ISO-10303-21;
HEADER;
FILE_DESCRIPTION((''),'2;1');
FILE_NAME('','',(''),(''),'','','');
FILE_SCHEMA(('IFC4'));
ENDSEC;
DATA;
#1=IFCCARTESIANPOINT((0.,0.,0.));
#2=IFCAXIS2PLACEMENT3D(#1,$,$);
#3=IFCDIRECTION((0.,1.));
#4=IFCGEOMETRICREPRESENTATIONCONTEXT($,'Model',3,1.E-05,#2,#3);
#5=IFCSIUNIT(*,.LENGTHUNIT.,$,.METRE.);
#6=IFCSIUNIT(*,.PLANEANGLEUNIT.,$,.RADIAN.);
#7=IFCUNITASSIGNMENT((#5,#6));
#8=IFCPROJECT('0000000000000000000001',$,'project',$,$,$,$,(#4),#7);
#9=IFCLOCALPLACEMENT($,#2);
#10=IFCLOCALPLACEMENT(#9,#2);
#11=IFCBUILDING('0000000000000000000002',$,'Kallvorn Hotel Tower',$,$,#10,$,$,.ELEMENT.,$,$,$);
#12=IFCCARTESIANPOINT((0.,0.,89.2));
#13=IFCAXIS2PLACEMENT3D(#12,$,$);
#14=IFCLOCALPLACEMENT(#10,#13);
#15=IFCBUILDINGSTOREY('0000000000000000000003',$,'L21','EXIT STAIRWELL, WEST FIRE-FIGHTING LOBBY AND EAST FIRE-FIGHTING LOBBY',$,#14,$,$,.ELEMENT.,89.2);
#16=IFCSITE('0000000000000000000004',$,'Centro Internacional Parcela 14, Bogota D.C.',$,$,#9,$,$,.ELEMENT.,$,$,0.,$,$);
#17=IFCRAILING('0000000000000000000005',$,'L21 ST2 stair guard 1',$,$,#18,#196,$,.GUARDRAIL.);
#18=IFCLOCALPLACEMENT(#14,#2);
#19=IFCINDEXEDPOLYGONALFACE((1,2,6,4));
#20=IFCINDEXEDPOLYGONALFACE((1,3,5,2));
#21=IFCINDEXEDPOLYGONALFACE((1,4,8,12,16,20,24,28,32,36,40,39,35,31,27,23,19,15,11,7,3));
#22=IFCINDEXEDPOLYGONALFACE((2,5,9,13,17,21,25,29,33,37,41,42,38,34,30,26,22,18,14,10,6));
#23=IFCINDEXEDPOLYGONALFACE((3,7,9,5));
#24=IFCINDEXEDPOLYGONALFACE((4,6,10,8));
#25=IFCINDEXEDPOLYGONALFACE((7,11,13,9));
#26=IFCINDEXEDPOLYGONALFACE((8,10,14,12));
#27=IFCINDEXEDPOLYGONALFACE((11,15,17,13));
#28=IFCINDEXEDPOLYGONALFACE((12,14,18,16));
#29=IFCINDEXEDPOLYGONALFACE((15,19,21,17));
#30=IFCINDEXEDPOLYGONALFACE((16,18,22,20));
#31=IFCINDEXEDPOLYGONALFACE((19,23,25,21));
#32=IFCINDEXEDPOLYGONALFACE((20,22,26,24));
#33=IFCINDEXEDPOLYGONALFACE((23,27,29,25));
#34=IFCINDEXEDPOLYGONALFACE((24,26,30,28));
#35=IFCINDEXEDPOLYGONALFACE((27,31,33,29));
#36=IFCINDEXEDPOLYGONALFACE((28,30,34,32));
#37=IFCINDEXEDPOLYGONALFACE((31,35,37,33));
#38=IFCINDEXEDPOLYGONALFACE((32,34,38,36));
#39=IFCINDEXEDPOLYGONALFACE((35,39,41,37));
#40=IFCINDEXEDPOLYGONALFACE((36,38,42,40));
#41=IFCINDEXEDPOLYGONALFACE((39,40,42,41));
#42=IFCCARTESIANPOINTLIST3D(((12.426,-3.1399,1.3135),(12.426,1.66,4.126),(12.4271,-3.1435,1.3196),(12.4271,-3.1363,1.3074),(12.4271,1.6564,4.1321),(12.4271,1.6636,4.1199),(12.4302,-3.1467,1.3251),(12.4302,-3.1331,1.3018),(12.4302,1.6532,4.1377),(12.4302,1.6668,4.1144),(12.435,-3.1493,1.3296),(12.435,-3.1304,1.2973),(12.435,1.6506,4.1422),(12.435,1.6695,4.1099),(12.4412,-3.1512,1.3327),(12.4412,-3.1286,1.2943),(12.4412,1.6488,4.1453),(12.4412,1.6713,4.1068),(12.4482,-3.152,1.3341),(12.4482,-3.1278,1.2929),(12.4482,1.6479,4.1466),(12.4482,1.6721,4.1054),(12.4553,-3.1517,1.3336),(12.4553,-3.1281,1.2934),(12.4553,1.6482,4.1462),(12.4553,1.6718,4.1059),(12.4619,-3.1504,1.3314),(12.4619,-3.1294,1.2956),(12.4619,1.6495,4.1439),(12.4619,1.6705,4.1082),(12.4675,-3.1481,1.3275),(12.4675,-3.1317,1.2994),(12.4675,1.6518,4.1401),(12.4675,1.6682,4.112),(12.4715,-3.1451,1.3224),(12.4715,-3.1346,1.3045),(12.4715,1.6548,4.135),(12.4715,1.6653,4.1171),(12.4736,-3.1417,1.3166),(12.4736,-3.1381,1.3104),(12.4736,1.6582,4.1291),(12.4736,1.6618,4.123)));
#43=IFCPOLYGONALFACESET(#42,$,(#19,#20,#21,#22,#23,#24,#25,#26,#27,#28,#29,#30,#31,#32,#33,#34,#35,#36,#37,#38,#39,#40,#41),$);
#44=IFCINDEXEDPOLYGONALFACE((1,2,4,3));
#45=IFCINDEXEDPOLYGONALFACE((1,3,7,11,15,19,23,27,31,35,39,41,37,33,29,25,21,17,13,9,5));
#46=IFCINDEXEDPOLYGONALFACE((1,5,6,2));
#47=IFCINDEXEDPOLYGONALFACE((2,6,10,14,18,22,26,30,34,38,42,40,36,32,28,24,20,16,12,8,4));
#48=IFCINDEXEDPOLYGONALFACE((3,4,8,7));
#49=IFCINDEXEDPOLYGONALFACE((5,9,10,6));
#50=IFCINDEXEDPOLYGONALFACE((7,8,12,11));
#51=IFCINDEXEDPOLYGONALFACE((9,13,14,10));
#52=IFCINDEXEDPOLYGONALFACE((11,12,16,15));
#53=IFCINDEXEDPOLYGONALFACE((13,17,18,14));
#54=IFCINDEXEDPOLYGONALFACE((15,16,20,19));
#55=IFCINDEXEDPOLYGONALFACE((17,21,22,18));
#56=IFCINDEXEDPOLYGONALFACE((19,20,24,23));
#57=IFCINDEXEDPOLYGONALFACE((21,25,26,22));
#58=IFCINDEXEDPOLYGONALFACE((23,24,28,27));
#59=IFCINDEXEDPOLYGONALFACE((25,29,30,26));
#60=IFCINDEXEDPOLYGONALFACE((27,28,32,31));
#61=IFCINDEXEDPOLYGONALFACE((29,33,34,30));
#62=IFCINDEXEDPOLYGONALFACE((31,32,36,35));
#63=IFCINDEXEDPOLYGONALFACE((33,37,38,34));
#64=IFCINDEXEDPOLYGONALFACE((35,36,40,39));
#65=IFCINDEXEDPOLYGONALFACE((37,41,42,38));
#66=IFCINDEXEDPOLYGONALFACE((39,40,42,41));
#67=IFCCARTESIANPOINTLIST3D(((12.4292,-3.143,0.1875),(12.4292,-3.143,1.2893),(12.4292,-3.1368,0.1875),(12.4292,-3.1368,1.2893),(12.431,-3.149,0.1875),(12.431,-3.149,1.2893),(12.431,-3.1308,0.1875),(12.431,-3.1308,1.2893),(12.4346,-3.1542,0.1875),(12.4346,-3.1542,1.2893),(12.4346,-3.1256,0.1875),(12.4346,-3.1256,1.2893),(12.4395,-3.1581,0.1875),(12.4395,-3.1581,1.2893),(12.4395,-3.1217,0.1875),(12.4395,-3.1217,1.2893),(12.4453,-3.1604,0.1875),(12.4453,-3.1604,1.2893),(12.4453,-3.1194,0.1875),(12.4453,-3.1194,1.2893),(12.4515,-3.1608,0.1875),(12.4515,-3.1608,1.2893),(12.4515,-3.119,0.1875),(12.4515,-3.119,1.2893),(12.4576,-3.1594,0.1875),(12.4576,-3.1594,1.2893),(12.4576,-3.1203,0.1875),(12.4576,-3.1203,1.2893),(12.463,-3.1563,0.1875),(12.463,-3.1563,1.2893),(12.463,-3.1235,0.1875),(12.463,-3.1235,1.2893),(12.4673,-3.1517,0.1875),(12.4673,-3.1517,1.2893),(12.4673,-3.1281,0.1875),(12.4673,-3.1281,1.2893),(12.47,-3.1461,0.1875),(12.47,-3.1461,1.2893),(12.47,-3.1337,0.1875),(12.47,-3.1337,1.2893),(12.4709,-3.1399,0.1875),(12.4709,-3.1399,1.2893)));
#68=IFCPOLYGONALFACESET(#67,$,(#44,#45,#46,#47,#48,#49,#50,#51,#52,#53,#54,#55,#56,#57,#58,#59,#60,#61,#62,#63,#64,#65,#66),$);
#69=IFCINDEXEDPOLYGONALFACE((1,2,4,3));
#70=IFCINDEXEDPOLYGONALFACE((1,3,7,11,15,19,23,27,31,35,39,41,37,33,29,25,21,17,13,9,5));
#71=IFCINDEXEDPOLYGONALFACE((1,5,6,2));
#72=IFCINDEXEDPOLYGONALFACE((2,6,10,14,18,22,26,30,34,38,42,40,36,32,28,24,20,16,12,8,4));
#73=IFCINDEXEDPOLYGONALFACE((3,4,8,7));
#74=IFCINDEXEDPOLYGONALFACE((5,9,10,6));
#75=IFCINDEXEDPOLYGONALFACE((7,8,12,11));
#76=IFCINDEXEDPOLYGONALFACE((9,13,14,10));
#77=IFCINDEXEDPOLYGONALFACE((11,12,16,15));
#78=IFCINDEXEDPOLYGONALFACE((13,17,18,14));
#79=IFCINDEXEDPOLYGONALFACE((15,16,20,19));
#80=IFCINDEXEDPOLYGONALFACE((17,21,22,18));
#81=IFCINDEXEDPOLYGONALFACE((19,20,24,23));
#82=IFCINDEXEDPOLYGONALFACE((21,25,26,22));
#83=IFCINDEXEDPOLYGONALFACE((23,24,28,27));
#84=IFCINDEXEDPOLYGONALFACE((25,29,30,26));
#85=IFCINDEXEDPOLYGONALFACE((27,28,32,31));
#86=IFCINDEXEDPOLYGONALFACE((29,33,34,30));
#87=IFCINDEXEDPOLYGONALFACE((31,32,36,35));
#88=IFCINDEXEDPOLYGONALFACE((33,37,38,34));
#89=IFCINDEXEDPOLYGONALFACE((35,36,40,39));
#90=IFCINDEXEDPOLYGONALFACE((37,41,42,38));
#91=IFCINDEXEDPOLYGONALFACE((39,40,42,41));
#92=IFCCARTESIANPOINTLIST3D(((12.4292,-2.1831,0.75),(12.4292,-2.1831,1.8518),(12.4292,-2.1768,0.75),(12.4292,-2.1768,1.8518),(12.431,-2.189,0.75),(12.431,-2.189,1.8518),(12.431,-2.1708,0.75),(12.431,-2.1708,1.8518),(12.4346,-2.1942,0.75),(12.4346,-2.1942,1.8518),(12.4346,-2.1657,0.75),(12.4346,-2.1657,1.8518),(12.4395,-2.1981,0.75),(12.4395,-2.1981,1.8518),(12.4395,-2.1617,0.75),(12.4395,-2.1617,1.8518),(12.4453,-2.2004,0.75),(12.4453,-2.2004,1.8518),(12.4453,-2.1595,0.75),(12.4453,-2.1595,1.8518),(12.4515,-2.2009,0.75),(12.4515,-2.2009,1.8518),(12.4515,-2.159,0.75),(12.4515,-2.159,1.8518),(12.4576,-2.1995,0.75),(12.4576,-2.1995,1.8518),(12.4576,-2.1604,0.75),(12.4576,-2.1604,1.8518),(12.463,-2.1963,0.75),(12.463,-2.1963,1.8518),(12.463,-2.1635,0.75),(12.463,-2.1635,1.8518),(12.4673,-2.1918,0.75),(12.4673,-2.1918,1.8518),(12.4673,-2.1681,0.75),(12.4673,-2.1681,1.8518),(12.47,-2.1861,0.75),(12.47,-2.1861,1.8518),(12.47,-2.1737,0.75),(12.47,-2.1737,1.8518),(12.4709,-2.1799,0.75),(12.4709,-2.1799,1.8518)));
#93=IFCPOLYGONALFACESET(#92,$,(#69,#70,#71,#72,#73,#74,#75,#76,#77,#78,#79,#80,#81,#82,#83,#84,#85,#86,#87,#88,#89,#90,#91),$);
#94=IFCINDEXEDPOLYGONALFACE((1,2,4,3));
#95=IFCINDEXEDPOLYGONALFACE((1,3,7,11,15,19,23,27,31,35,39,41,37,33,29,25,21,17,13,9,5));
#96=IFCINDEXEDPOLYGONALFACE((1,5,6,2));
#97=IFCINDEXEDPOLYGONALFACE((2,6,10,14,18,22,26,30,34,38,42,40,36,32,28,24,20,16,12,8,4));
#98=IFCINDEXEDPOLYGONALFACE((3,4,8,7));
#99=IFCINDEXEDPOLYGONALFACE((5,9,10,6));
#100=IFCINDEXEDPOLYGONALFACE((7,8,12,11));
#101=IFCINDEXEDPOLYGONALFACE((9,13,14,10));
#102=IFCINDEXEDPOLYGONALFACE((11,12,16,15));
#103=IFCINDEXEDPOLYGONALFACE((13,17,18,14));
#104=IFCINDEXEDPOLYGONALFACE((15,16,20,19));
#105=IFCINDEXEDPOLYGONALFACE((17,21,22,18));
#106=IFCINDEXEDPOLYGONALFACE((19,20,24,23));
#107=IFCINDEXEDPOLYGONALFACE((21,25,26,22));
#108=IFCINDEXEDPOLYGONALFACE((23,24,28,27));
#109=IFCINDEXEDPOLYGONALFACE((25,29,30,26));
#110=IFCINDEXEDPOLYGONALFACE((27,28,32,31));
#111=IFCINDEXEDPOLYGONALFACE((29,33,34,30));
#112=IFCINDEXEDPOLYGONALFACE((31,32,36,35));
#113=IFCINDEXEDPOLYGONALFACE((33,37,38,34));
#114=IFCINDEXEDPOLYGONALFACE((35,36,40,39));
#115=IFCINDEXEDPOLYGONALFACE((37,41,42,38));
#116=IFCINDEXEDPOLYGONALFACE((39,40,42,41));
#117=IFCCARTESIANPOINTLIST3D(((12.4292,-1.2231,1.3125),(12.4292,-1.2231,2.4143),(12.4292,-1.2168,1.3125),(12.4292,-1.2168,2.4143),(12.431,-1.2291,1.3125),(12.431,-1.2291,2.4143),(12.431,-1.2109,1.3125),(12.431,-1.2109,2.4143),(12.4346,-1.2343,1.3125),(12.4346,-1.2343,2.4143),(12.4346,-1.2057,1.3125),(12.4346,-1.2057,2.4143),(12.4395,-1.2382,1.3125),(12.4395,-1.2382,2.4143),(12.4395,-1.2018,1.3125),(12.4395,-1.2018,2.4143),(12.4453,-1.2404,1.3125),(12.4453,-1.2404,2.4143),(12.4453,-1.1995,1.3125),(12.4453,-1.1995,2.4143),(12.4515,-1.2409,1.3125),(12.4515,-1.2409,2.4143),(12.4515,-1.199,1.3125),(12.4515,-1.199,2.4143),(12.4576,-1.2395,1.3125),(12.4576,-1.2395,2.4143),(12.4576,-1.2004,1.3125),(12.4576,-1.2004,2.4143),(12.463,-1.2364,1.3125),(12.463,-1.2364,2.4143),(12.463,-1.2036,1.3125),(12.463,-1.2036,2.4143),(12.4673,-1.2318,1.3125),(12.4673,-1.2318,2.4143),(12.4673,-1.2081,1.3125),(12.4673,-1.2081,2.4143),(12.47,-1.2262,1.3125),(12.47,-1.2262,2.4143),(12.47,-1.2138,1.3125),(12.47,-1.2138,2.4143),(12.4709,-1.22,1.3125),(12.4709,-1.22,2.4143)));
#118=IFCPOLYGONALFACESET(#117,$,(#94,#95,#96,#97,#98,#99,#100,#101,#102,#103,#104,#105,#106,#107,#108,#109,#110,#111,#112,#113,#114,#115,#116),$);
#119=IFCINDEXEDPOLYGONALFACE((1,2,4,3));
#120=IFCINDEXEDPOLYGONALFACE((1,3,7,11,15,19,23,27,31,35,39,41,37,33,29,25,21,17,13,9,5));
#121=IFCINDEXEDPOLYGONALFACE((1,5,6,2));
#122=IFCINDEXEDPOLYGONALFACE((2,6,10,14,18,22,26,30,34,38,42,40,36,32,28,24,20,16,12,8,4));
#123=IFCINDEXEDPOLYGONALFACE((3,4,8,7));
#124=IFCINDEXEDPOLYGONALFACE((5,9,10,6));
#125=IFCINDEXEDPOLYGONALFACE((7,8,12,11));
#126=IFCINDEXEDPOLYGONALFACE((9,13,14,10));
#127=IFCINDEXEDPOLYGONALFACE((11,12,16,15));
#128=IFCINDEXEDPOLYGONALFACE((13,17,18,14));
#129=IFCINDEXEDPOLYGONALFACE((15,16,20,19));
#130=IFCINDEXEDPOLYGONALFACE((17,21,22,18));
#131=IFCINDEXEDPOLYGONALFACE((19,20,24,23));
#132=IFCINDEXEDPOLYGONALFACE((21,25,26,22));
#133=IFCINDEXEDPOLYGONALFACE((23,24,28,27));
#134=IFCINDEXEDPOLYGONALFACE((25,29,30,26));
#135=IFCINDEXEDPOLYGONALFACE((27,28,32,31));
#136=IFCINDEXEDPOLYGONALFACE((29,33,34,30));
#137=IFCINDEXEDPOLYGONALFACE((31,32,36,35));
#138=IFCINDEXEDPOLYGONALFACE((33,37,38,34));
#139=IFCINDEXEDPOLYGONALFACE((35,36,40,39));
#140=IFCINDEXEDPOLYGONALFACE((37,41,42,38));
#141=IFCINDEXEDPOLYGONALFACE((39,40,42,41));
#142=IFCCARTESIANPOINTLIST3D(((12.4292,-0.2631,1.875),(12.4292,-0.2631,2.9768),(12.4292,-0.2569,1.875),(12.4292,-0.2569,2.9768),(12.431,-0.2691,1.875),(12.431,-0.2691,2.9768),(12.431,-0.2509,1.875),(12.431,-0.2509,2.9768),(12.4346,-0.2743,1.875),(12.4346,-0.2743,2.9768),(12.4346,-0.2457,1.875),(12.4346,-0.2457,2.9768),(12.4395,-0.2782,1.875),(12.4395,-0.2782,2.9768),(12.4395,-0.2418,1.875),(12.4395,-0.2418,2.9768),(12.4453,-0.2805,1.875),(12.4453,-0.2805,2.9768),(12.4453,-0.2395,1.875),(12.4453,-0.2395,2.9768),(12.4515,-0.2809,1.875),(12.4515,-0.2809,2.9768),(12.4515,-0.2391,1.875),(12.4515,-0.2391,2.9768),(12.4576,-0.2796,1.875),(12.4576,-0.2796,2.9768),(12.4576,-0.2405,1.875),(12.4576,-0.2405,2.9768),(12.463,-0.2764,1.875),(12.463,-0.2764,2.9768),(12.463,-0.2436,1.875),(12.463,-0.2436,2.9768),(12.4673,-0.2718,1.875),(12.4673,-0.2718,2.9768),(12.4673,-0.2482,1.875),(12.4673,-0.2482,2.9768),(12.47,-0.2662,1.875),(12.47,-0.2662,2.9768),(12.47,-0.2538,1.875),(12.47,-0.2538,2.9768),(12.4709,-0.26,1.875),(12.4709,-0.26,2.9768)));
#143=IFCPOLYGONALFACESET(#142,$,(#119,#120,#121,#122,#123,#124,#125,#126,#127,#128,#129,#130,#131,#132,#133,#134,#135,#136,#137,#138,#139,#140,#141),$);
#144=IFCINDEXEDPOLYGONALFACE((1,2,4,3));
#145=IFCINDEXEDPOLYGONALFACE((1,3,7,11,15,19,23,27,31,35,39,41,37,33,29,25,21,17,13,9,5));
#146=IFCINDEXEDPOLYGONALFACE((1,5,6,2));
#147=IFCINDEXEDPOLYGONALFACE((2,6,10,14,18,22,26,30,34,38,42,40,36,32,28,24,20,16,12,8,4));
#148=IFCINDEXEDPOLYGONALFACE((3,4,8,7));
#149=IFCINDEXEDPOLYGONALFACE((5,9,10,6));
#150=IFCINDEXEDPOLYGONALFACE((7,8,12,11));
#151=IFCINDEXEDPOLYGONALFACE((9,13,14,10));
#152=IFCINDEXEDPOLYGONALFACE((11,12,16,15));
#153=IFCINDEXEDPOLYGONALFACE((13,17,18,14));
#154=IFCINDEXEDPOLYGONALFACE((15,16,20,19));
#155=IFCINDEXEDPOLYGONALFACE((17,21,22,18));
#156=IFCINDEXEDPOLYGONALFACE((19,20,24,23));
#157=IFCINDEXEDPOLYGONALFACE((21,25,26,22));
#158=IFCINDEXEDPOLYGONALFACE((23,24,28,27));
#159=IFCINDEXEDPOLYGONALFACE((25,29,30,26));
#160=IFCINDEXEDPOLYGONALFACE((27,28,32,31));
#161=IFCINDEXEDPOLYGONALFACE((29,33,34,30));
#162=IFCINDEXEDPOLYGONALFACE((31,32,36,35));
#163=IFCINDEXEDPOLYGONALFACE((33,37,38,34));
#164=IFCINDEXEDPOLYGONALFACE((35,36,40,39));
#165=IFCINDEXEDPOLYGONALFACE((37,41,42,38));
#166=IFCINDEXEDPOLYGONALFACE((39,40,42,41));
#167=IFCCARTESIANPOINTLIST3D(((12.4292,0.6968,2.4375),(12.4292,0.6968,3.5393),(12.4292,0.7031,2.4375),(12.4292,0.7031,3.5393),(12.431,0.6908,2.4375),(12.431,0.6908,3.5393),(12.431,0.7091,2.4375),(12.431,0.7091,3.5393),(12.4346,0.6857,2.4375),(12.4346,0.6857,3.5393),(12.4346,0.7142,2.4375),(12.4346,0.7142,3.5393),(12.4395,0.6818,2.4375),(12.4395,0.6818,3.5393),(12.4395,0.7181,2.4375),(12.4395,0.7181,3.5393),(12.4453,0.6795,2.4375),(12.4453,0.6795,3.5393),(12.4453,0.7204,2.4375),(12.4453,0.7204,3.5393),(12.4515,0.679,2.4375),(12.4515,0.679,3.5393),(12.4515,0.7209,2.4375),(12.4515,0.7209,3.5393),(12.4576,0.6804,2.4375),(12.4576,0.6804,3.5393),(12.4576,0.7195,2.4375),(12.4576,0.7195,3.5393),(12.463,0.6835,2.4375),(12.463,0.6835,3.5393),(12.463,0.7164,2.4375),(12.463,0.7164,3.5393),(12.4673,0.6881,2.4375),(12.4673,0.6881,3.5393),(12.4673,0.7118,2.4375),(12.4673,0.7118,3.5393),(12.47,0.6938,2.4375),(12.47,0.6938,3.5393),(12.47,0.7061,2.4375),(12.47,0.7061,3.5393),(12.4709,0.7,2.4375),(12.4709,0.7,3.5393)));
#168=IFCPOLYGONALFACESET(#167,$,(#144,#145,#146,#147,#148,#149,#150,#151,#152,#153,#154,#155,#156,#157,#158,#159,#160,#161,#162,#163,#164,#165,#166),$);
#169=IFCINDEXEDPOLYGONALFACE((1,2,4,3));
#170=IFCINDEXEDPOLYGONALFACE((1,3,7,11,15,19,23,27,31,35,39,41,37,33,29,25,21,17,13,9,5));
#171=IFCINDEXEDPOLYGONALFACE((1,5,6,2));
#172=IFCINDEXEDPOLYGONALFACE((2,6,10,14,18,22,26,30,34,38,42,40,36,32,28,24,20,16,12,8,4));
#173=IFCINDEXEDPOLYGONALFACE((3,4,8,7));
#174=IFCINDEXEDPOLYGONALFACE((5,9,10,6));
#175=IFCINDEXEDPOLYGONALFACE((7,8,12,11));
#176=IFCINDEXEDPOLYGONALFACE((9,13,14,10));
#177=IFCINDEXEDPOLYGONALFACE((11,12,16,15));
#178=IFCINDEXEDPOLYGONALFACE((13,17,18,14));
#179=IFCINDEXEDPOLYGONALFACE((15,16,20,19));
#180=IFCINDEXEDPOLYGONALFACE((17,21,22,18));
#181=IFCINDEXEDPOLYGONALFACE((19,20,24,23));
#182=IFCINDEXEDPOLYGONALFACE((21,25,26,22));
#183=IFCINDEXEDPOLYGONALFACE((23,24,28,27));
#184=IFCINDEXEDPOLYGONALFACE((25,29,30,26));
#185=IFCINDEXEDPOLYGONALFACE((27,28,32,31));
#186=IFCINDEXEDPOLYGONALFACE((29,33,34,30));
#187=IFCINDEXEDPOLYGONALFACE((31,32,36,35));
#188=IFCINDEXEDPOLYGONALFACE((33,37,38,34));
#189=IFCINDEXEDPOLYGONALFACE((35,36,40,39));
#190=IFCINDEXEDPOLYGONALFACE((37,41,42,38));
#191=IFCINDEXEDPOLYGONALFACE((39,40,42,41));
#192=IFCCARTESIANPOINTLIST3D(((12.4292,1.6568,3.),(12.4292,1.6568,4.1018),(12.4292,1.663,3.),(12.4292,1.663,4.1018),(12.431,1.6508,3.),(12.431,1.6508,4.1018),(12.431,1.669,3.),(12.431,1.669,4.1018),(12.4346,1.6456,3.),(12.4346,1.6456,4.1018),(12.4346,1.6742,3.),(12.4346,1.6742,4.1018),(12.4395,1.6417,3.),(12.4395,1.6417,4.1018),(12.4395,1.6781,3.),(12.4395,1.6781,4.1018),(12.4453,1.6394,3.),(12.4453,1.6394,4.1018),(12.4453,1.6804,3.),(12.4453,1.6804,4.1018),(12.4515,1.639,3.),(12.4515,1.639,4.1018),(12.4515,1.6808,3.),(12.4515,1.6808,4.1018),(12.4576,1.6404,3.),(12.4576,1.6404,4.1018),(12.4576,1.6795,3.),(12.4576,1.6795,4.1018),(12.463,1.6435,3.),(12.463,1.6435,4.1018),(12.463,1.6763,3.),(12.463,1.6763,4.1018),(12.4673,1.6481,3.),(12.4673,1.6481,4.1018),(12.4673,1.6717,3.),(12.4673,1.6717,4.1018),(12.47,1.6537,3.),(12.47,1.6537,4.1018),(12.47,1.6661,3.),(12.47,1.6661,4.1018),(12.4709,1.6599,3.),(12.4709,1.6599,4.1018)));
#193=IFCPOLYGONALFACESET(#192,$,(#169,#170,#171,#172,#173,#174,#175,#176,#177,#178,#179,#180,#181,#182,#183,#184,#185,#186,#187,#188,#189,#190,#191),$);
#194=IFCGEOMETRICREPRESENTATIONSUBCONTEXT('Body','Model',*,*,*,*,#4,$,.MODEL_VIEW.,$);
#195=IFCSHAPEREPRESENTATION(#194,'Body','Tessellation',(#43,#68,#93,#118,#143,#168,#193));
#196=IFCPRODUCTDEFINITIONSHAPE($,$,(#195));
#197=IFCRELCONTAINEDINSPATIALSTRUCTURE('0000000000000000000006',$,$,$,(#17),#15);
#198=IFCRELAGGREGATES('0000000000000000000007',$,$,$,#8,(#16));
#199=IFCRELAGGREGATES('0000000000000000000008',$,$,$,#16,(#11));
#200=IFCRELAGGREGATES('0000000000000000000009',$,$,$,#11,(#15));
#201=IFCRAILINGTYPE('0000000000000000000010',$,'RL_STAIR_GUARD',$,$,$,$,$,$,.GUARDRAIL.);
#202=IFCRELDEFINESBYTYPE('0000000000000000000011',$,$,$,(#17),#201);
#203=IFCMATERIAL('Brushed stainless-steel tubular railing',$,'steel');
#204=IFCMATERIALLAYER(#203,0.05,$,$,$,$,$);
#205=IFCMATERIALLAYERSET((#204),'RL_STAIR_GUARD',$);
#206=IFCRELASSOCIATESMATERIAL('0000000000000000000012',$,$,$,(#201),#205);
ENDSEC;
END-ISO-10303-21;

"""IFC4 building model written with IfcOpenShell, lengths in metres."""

from ifc_helpers import new_model, si_unit, direction, frame, origin, origin_2d, place, context, subcontext, project, spatial, circle, extrude, material, layer, layer_set, type_object, element, save


model = new_model("IFC4")

# Units and contexts
model_context = context("Model", 3, precision=1e-05, world=origin(), true_north=direction((0.0, 1.0)))
body_context = subcontext(model_context, "Body", "Model", "MODEL_VIEW")
ifc_project = project(units=[si_unit("LENGTHUNIT", "METRE"), si_unit("PLANEANGLEUNIT", "RADIAN")], contexts=[model_context])

# Site, building, storey
site_placement = place(None, origin())
site = spatial("IfcSite", under=ifc_project, at=site_placement, Name="Centro Internacional Parcela 14, Bogota D.C.", CompositionType="ELEMENT", RefElevation=0.0)
building_placement = place(site_placement, origin())
building = spatial("IfcBuilding", under=site, at=building_placement, Name="Kallvorn Hotel Tower", CompositionType="ELEMENT")
storey_placement = place(building_placement, frame((0.0, 0.0, 89.2)))
storey = spatial("IfcBuildingStorey", under=building, at=storey_placement, Name="L21", Description="EXIT STAIRWELL, WEST FIRE-FIGHTING LOBBY AND EAST FIRE-FIGHTING LOBBY", CompositionType="ELEMENT", Elevation=89.2)

# Railing
ifc_material_1 = material(Name="Brushed stainless-steel tubular railing", Category="steel")
ifc_layer_1 = layer(ifc_material_1, 0.05)
ifc_layer_set_1 = layer_set([ifc_layer_1], Name="RL_STAIR_GUARD")
railing_type_1 = type_object("IfcRailingType", Name="RL_STAIR_GUARD", PredefinedType="GUARDRAIL", material=ifc_layer_set_1)
railing_1_placement = place(storey_placement, frame((12.45, -3.1399, 0.1875)))
element("IfcRailing", 1, at=railing_1_placement, inside=storey, type_object=railing_type_1, Name="L21 ST2 stair guard 1", PredefinedType="GUARDRAIL", context=body_context, shape_type="SweptSolid", body=[
    extrude(circle(Radius=0.0239, at=origin_2d()), frame((0.0, 0.0, 1.126), z_axis=(0.0, 0.86279, 0.505562), x_axis=(-1.0, 0.0, 0.0)), (0.0, 0.0, 1.0), 5.5632),
    extrude(circle(Radius=0.021, at=origin_2d()), origin(), (0.0, 0.0, 1.0), 1.1018),
    extrude(circle(Radius=0.021, at=origin_2d()), frame((0.0, 0.96, 0.5625)), (0.0, 0.0, 1.0), 1.1018),
    extrude(circle(Radius=0.021, at=origin_2d()), frame((0.0, 1.9199, 1.125)), (0.0, 0.0, 1.0), 1.1018),
    extrude(circle(Radius=0.021, at=origin_2d()), frame((0.0, 2.8799, 1.6875)), (0.0, 0.0, 1.0), 1.1018),
    extrude(circle(Radius=0.021, at=origin_2d()), frame((0.0, 3.8398, 2.25)), (0.0, 0.0, 1.0), 1.1018),
    extrude(circle(Radius=0.021, at=origin_2d()), frame((0.0, 4.7998, 2.8125)), (0.0, 0.0, 1.0), 1.1018),
])

save(model, "model.ifc")
